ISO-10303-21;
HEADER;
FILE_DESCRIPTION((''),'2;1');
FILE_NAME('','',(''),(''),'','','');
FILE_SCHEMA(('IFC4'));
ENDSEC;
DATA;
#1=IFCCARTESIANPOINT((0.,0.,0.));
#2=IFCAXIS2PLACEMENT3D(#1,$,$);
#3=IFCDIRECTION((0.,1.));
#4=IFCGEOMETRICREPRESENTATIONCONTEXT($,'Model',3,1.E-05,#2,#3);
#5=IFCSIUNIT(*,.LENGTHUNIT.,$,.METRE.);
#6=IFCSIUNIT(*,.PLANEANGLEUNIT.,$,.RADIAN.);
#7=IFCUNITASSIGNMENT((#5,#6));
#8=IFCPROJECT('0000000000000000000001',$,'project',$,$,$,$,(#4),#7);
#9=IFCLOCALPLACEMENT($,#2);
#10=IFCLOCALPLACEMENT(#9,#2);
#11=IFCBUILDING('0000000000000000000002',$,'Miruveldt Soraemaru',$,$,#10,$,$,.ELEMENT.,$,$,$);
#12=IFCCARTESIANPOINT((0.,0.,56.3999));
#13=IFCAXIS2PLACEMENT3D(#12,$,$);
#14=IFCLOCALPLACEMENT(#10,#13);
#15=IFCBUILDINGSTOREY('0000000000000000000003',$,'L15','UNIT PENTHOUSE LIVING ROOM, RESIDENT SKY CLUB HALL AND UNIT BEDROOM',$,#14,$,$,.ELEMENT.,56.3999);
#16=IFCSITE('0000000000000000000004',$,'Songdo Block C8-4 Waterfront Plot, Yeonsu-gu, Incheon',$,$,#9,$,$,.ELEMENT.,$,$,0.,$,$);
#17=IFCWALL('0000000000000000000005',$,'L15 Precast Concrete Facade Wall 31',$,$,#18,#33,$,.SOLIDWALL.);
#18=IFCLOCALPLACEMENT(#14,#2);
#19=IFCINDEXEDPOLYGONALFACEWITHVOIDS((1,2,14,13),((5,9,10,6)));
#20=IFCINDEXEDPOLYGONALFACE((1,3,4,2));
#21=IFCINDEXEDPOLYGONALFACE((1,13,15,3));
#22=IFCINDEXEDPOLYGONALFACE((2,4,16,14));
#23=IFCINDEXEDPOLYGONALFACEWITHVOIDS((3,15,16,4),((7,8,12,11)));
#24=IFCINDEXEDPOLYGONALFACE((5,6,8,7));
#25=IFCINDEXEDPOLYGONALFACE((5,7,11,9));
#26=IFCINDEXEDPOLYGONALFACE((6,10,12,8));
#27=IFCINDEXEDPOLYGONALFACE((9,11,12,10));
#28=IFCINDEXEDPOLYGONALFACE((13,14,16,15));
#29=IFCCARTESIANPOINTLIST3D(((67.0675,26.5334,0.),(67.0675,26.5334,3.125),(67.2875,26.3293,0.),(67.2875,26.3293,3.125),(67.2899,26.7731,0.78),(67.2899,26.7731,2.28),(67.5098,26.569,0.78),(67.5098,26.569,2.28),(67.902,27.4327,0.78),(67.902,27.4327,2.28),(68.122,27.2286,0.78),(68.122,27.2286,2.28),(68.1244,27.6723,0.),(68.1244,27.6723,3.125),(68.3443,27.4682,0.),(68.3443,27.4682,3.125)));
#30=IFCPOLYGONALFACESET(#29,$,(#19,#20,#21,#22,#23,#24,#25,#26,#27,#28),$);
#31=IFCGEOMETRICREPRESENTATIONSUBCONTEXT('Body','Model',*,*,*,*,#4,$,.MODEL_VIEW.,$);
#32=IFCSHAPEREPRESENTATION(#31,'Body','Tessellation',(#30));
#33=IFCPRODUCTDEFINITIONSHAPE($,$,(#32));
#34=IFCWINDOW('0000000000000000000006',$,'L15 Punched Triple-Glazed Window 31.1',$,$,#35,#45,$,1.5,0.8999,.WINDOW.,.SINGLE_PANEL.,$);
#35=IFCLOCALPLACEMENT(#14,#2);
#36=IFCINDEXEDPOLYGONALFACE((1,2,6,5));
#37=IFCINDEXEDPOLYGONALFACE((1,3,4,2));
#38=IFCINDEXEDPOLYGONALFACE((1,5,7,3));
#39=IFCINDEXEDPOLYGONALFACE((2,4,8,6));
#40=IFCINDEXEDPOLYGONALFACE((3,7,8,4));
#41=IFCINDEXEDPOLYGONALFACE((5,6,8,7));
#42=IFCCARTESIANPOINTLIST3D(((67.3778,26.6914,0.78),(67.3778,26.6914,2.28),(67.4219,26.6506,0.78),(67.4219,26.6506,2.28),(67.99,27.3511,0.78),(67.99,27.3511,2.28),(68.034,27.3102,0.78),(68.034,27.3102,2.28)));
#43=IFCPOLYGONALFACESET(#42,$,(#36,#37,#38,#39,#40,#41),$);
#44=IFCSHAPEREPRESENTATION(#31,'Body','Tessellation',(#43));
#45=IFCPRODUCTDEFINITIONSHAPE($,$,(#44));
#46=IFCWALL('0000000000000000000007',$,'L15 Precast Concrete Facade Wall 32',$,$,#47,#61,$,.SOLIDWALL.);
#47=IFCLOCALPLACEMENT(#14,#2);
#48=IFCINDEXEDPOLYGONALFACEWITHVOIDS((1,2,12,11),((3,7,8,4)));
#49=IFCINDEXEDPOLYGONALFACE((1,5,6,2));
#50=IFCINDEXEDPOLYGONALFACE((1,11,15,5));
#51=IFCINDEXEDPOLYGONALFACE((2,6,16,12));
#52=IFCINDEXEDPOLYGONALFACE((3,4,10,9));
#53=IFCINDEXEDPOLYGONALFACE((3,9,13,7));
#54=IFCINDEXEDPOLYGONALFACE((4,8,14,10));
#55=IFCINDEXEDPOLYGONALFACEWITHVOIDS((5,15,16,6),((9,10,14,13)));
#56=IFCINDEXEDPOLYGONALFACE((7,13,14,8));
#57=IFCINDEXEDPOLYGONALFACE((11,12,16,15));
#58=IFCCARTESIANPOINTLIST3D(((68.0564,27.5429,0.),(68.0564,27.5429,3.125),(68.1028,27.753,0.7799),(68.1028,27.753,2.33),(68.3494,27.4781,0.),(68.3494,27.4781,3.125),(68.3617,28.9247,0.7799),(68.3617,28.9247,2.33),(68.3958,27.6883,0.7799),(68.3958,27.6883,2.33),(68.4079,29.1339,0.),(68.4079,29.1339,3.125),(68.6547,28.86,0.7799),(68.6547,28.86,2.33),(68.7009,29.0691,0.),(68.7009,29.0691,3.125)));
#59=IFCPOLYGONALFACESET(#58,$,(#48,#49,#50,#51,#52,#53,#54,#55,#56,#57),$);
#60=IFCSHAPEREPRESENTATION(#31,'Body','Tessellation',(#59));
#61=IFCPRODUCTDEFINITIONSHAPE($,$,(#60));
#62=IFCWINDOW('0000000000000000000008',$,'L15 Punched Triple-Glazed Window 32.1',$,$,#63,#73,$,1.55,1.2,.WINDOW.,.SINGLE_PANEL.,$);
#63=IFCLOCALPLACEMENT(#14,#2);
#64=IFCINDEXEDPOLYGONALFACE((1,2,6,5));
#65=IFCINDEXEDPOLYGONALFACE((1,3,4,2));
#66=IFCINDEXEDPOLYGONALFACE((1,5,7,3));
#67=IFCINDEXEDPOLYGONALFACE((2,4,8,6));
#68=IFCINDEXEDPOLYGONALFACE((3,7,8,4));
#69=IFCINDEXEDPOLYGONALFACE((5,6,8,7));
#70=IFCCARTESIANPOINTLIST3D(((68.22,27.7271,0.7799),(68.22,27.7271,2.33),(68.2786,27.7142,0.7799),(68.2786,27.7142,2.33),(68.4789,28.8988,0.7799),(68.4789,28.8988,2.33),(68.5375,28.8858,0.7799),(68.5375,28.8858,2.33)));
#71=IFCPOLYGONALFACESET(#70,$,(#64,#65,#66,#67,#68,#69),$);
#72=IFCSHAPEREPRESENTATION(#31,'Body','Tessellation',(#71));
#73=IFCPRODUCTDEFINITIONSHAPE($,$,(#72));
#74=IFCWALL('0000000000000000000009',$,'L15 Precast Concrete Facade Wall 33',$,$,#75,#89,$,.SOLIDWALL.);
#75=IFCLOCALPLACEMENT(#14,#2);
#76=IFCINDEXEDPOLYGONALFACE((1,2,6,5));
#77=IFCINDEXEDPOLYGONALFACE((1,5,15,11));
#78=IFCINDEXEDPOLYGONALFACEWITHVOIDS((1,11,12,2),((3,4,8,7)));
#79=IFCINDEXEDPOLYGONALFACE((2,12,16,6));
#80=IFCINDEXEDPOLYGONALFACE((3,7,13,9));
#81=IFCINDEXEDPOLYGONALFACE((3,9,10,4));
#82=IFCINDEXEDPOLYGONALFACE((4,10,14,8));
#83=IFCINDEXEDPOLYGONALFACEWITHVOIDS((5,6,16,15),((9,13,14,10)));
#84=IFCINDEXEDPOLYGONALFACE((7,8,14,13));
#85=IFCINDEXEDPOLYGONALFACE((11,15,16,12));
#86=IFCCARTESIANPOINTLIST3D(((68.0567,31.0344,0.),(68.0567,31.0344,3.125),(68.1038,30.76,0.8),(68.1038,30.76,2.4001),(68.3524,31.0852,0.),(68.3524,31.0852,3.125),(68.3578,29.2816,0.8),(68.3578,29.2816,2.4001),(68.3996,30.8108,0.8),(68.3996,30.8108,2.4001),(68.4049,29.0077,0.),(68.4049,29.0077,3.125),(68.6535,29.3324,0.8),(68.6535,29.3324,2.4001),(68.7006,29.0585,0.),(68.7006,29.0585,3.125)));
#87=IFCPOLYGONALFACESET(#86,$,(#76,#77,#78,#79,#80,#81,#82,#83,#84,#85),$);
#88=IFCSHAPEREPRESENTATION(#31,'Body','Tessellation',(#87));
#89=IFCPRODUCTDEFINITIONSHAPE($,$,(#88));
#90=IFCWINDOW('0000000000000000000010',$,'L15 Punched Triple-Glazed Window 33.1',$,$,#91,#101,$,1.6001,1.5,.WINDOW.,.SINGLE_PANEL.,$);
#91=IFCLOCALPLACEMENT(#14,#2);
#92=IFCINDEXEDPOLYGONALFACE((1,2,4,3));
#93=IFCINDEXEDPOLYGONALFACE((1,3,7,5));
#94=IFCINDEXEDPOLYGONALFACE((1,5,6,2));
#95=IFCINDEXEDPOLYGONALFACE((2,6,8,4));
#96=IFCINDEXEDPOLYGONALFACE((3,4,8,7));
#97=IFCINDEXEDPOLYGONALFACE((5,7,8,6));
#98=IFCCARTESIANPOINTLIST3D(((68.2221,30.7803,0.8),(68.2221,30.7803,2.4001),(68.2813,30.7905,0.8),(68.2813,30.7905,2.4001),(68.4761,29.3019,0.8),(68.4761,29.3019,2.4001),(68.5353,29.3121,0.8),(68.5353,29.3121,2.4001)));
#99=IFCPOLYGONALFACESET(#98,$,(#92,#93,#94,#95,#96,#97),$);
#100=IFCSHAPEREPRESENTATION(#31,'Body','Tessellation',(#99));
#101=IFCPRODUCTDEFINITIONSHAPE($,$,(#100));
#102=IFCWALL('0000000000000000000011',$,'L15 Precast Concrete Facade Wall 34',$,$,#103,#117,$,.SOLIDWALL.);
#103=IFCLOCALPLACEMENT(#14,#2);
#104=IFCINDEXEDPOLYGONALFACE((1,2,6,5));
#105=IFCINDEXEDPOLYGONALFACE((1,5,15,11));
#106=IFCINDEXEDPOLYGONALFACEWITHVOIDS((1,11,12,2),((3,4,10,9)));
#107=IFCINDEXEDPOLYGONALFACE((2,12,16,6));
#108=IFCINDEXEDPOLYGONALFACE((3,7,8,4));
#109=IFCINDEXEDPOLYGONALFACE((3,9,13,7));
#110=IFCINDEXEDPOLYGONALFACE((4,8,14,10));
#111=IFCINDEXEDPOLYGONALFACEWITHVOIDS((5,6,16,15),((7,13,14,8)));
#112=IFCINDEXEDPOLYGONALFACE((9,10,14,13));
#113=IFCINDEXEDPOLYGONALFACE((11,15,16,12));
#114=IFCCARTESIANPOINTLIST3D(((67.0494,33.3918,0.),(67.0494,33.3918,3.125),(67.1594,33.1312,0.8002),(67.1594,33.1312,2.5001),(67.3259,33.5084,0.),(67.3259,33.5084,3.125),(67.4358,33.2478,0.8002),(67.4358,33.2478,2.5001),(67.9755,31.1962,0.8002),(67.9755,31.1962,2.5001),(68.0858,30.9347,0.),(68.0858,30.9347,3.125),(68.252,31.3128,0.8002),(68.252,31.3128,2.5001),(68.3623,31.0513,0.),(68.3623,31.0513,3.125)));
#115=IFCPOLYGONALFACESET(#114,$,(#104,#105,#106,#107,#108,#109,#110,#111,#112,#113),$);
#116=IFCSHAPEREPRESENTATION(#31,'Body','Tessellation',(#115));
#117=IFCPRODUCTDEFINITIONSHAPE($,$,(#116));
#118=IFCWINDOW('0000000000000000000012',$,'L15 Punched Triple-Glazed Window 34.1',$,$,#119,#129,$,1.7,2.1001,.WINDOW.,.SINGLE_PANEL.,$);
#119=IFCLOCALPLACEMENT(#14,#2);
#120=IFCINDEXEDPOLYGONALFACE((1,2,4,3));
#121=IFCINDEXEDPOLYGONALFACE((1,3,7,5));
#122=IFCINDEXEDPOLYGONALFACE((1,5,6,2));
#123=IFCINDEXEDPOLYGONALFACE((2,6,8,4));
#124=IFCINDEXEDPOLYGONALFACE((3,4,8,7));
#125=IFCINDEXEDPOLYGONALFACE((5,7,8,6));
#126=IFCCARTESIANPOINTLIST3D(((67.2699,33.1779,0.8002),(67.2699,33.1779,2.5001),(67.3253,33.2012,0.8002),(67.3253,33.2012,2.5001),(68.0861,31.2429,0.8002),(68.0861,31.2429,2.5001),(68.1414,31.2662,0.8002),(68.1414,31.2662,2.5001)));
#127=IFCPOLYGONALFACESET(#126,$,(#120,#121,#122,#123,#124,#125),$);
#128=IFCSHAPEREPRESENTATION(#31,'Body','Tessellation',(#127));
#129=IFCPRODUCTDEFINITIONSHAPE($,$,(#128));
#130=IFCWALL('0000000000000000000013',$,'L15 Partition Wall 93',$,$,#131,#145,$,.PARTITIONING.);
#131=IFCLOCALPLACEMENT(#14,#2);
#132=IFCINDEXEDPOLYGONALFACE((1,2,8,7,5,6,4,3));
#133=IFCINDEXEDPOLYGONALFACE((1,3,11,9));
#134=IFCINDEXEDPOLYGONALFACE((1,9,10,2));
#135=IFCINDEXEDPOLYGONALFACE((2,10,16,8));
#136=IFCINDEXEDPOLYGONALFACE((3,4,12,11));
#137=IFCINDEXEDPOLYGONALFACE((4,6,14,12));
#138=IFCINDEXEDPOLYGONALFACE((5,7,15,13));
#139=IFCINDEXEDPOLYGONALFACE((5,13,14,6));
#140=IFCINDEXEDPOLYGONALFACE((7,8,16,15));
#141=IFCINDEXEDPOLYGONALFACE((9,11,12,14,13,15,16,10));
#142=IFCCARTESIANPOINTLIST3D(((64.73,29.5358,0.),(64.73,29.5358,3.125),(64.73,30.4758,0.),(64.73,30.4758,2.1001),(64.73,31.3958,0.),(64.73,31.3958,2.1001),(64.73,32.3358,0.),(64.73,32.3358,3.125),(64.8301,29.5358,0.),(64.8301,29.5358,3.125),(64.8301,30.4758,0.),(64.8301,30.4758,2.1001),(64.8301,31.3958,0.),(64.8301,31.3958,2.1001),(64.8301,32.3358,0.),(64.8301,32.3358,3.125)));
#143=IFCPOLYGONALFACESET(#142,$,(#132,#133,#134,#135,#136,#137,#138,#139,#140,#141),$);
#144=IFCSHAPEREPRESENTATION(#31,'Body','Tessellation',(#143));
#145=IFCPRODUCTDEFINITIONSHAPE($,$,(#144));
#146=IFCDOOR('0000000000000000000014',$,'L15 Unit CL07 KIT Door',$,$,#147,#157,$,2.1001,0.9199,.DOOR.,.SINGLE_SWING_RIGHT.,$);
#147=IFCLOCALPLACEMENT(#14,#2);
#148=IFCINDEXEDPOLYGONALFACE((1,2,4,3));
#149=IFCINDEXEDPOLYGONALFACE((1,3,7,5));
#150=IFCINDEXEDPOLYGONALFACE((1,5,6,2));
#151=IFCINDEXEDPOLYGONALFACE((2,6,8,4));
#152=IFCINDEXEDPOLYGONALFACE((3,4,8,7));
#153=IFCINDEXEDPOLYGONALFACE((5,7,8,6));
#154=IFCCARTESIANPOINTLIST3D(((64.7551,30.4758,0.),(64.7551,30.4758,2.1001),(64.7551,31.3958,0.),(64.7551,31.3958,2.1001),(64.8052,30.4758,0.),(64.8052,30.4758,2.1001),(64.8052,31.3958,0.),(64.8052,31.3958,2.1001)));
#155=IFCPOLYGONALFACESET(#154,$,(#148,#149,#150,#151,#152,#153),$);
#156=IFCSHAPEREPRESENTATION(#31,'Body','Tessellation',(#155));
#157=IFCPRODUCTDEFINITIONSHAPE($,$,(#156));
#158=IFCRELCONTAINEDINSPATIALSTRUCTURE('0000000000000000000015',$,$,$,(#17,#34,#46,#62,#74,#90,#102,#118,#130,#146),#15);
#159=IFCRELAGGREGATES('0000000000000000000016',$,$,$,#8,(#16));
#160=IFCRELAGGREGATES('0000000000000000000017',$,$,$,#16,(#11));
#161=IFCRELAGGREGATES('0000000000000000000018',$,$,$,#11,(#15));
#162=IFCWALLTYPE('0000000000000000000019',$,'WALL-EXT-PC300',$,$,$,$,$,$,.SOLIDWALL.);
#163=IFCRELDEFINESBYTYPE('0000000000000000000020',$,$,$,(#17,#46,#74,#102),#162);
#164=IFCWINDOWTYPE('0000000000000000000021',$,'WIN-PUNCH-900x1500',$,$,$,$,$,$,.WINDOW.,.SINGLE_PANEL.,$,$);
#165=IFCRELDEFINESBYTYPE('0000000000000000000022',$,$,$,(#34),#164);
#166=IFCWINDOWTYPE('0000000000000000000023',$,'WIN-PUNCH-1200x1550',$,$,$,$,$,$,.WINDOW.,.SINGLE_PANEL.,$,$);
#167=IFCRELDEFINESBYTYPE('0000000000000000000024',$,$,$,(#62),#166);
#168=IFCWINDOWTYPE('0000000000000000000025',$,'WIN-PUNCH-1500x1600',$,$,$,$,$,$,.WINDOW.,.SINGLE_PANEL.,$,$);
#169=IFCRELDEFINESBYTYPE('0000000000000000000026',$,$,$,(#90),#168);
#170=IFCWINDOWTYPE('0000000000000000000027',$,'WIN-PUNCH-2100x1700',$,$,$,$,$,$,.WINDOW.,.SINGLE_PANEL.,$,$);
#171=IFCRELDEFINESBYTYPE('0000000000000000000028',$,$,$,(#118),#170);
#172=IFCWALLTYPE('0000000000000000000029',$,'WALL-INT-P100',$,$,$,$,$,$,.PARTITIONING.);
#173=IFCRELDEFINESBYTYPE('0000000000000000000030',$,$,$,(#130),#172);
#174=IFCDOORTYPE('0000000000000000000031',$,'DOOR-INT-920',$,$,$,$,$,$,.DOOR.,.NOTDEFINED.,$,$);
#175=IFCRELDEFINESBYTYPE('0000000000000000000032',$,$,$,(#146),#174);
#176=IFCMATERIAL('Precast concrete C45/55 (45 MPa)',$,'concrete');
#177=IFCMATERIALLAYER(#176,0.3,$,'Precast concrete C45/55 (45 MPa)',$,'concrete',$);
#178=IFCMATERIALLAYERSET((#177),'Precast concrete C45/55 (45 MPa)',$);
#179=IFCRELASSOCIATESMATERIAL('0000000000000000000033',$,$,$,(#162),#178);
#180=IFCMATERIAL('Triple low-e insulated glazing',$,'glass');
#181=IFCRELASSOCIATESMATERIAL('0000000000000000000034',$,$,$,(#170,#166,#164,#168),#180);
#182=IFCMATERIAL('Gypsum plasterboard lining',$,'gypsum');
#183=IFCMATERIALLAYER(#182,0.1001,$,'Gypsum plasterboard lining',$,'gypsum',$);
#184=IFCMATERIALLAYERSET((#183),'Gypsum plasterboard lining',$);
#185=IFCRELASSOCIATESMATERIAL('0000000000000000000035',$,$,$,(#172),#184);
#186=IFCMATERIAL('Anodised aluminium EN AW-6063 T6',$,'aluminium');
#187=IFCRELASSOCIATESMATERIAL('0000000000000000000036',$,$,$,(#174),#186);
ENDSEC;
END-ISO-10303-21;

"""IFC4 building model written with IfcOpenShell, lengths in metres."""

from ifc_helpers import new_model, si_unit, direction, frame, frame_2d, origin, place, context, subcontext, project, spatial, rectangle, extrude, material, layer, layer_set, type_object, element, fill, save


model = new_model("IFC4")

# Units and contexts
model_context = context("Model", 3, precision=1e-05, world=origin(), true_north=direction((0.0, 1.0)))
body_context = subcontext(model_context, "Body", "Model", "MODEL_VIEW")
ifc_project = project(units=[si_unit("LENGTHUNIT", "METRE"), si_unit("PLANEANGLEUNIT", "RADIAN")], contexts=[model_context])

# Site, building, storey
site_placement = place(None, origin())
site = spatial("IfcSite", under=ifc_project, at=site_placement, Name="Songdo Block C8-4 Waterfront Plot, Yeonsu-gu, Incheon", CompositionType="ELEMENT", RefElevation=0.0)
building_placement = place(site_placement, origin())
building = spatial("IfcBuilding", under=site, at=building_placement, Name="Miruveldt Soraemaru", CompositionType="ELEMENT")
storey_placement = place(building_placement, frame((0.0, 0.0, 56.3999)))
storey = spatial("IfcBuildingStorey", under=building, at=storey_placement, Name="L15", Description="UNIT PENTHOUSE LIVING ROOM, RESIDENT SKY CLUB HALL AND UNIT BEDROOM", CompositionType="ELEMENT", Elevation=56.3999)

# Shared definitions
ifc_material_1 = material(Name="Triple low-e insulated glazing", Category="glass")

# Shared definitions
ifc_material_2 = material(Name="Precast concrete C45/55 (45 MPa)", Category="concrete")
ifc_layer_1 = layer(ifc_material_2, 0.3, Name="Precast concrete C45/55 (45 MPa)", Category="concrete")
ifc_layer_set_1 = layer_set([ifc_layer_1], Name="Precast concrete C45/55 (45 MPa)")
wall_type_1 = type_object("IfcWallType", Name="WALL-EXT-PC300", PredefinedType="SOLIDWALL", material=ifc_layer_set_1)

# Walls, openings, windows
window_type_1 = type_object("IfcWindowType", Name="WIN-PUNCH-2100x1700", PartitioningType="SINGLE_PANEL", PredefinedType="WINDOW", material=ifc_material_1)
window_type_2 = type_object("IfcWindowType", Name="WIN-PUNCH-1200x1550", PartitioningType="SINGLE_PANEL", PredefinedType="WINDOW", material=ifc_material_1)
wall_1_placement = place(storey_placement, frame((67.1775, 26.4314, 0.0), z_axis=(0.0, 0.0, 1.0), x_axis=(0.680216, 0.733012, 0.0)))
wall_1 = element("IfcWall", 1, at=wall_1_placement, inside=storey, type_object=wall_type_1, Name="L15 Precast Concrete Facade Wall 31", PredefinedType="SOLIDWALL", context=body_context, shape_type="SweptSolid", body=[
    extrude(rectangle(XDim=1.5537, YDim=0.3, at=frame_2d((0.7769, 0.0))), origin(), (0.0, 0.0, 1.0), 3.125),
])
opening_1_placement = place(wall_1_placement, frame((0.3269, 0.0, 0.78)))
opening_1 = element("IfcOpeningElement", 2, at=opening_1_placement, cuts=wall_1, PredefinedType="OPENING", context=body_context, shape_type="SweptSolid", body=[
    extrude(rectangle(XDim=0.8999, YDim=1.5, at=frame_2d((0.45, 0.75))), frame((0.0, 0.1602, 0.0), z_axis=(0.0, -1.0, 0.0), x_axis=(1.0, 0.0, 0.0)), (0.0, 0.0, 1.0), 0.3201),
])
window_type_3 = type_object("IfcWindowType", Name="WIN-PUNCH-900x1500", PartitioningType="SINGLE_PANEL", PredefinedType="WINDOW", material=ifc_material_1)
window_1_placement = place(opening_1_placement, origin())
window_1 = element("IfcWindow", 3, at=window_1_placement, inside=storey, type_object=window_type_3, Name="L15 Punched Triple-Glazed Window 31.1", OverallHeight=1.5, OverallWidth=0.8999, PartitioningType="SINGLE_PANEL", PredefinedType="WINDOW", context=body_context, shape_type="SweptSolid", body=[
    extrude(rectangle(XDim=0.8999, YDim=1.5, at=frame_2d((0.45, 0.75))), frame((0.0, 0.03, 0.0), z_axis=(0.0, -1.0, 0.0), x_axis=(1.0, 0.0, 0.0)), (0.0, 0.0, 1.0), 0.0601),
])
fill(opening_1, window_1)
wall_2_placement = place(storey_placement, frame((68.2029, 27.5105, 0.0), z_axis=(0.0, 0.0, 1.0), x_axis=(0.215756, 0.976447, 0.0)))
wall_2 = element("IfcWall", 4, at=wall_2_placement, inside=storey, type_object=wall_type_1, Name="L15 Precast Concrete Facade Wall 32", PredefinedType="SOLIDWALL", context=body_context, shape_type="SweptSolid", body=[
    extrude(rectangle(XDim=1.6294, YDim=0.3, at=frame_2d((0.8147, 0.0))), origin(), (0.0, 0.0, 1.0), 3.125),
])
opening_2_placement = place(wall_2_placement, frame((0.2151, 0.0, 0.78)))
opening_2 = element("IfcOpeningElement", 5, at=opening_2_placement, cuts=wall_2, PredefinedType="OPENING", context=body_context, shape_type="SweptSolid", body=[
    extrude(rectangle(XDim=1.2, YDim=1.55, at=frame_2d((0.6001, 0.7749))), frame((0.0, 0.1602, 0.0), z_axis=(0.0, -1.0, 0.0), x_axis=(1.0, 0.0, 0.0)), (0.0, 0.0, 1.0), 0.3201),
])
window_2_placement = place(opening_2_placement, origin())
window_2 = element("IfcWindow", 6, at=window_2_placement, inside=storey, type_object=window_type_2, Name="L15 Punched Triple-Glazed Window 32.1", OverallHeight=1.55, OverallWidth=1.2, PartitioningType="SINGLE_PANEL", PredefinedType="WINDOW", context=body_context, shape_type="SweptSolid", body=[
    extrude(rectangle(XDim=1.2, YDim=1.55, at=frame_2d((0.6001, 0.7749))), frame((0.0, 0.03, 0.0), z_axis=(0.0, -1.0, 0.0), x_axis=(1.0, 0.0, 0.0)), (0.0, 0.0, 1.0), 0.0601),
])
fill(opening_2, window_2)
wall_3_placement = place(storey_placement, frame((68.5527, 29.033, 0.0), z_axis=(0.0, 0.0, 1.0), x_axis=(-0.169307, 0.985563, 0.0)))
wall_3 = element("IfcWall", 7, at=wall_3_placement, inside=storey, type_object=wall_type_1, Name="L15 Precast Concrete Facade Wall 33", PredefinedType="SOLIDWALL", context=body_context, shape_type="SweptSolid", body=[
    extrude(rectangle(XDim=2.0564, YDim=0.3, at=frame_2d((1.0283, 0.0))), origin(), (0.0, 0.0, 1.0), 3.125),
])
opening_3_placement = place(wall_3_placement, frame((0.2781, 0.0, 0.8)))
opening_3 = element("IfcOpeningElement", 8, at=opening_3_placement, cuts=wall_3, PredefinedType="OPENING", context=body_context, shape_type="SweptSolid", body=[
    extrude(rectangle(XDim=1.5, YDim=1.6001, at=frame_2d((0.75, 0.8))), frame((0.0, 0.1602, 0.0), z_axis=(0.0, -1.0, 0.0), x_axis=(1.0, 0.0, 0.0)), (0.0, 0.0, 1.0), 0.3201),
])
window_type_4 = type_object("IfcWindowType", Name="WIN-PUNCH-1500x1600", PartitioningType="SINGLE_PANEL", PredefinedType="WINDOW", material=ifc_material_1)
window_3_placement = place(opening_3_placement, origin())
window_3 = element("IfcWindow", 9, at=window_3_placement, inside=storey, type_object=window_type_4, Name="L15 Punched Triple-Glazed Window 33.1", OverallHeight=1.6001, OverallWidth=1.5, PartitioningType="SINGLE_PANEL", PredefinedType="WINDOW", context=body_context, shape_type="SweptSolid", body=[
    extrude(rectangle(XDim=1.5, YDim=1.6001, at=frame_2d((0.75, 0.8))), frame((0.0, 0.03, 0.0), z_axis=(0.0, -1.0, 0.0), x_axis=(1.0, 0.0, 0.0)), (0.0, 0.0, 1.0), 0.0601),
])
fill(opening_3, window_3)
wall_4_placement = place(storey_placement, frame((68.2241, 30.9929, 0.0), z_axis=(0.0, 0.0, 1.0), x_axis=(-0.388642, 0.921389, 0.0)))
wall_4 = element("IfcWall", 10, at=wall_4_placement, inside=storey, type_object=wall_type_1, Name="L15 Precast Concrete Facade Wall 34", PredefinedType="SOLIDWALL", context=body_context, shape_type="SweptSolid", body=[
    extrude(rectangle(XDim=2.6667, YDim=0.3, at=frame_2d((1.3335, 0.0))), origin(), (0.0, 0.0, 1.0), 3.125),
])
opening_4_placement = place(wall_4_placement, frame((0.2839, 0.0, 0.8)))
opening_4 = element("IfcOpeningElement", 11, at=opening_4_placement, cuts=wall_4, PredefinedType="OPENING", context=body_context, shape_type="SweptSolid", body=[
    extrude(rectangle(XDim=2.1001, YDim=1.7, at=frame_2d((1.05, 0.8501))), frame((0.0, 0.1602, 0.0), z_axis=(0.0, -1.0, 0.0), x_axis=(1.0, 0.0, 0.0)), (0.0, 0.0, 1.0), 0.3201),
])
window_4_placement = place(opening_4_placement, origin())
window_4 = element("IfcWindow", 12, at=window_4_placement, inside=storey, type_object=window_type_1, Name="L15 Punched Triple-Glazed Window 34.1", OverallHeight=1.7, OverallWidth=2.1001, PartitioningType="SINGLE_PANEL", PredefinedType="WINDOW", context=body_context, shape_type="SweptSolid", body=[
    extrude(rectangle(XDim=2.1001, YDim=1.7, at=frame_2d((1.05, 0.8501))), frame((0.0, 0.03, 0.0), z_axis=(0.0, -1.0, 0.0), x_axis=(1.0, 0.0, 0.0)), (0.0, 0.0, 1.0), 0.0601),
])
fill(opening_4, window_4)

# Wall, opening, door
ifc_material_3 = material(Name="Gypsum plasterboard lining", Category="gypsum")
ifc_layer_2 = layer(ifc_material_3, 0.1001, Name="Gypsum plasterboard lining", Category="gypsum")
ifc_layer_set_2 = layer_set([ifc_layer_2], Name="Gypsum plasterboard lining")
wall_type_2 = type_object("IfcWallType", Name="WALL-INT-P100", PredefinedType="PARTITIONING", material=ifc_layer_set_2)
wall_5_placement = place(storey_placement, frame((64.78, 29.5359, 0.0), z_axis=(0.0, 0.0, 1.0), x_axis=(0.0, 1.0, 0.0)))
wall_5 = element("IfcWall", 13, at=wall_5_placement, inside=storey, type_object=wall_type_2, Name="L15 Partition Wall 93", PredefinedType="PARTITIONING", context=body_context, shape_type="SweptSolid", body=[
    extrude(rectangle(XDim=2.8, YDim=0.1001, at=frame_2d((1.3999, 0.0))), origin(), (0.0, 0.0, 1.0), 3.125),
])
opening_5_placement = place(wall_5_placement, frame((0.9399, 0.0, 0.0)))
opening_5 = element("IfcOpeningElement", 14, at=opening_5_placement, cuts=wall_5, PredefinedType="OPENING", context=body_context, shape_type="SweptSolid", body=[
    extrude(rectangle(XDim=0.9199, YDim=2.1001, at=frame_2d((0.46, 1.05))), frame((0.0, 0.0601, 0.0), z_axis=(0.0, -1.0, 0.0), x_axis=(1.0, 0.0, 0.0)), (0.0, 0.0, 1.0), 0.1201),
])
ifc_material_4 = material(Name="Anodised aluminium EN AW-6063 T6", Category="aluminium")
door_type_1 = type_object("IfcDoorType", Name="DOOR-INT-920", OperationType="NOTDEFINED", PredefinedType="DOOR", material=ifc_material_4)
door_1_placement = place(opening_5_placement, origin())
door_1 = element("IfcDoor", 15, at=door_1_placement, inside=storey, type_object=door_type_1, Name="L15 Unit CL07 KIT Door", OperationType="SINGLE_SWING_RIGHT", OverallHeight=2.1001, OverallWidth=0.9199, PredefinedType="DOOR", context=body_context, shape_type="SweptSolid", body=[
    extrude(rectangle(XDim=0.9199, YDim=2.1001, at=frame_2d((0.46, 1.05))), frame((0.0, 0.0249, 0.0), z_axis=(0.0, -1.0, 0.0), x_axis=(1.0, 0.0, 0.0)), (0.0, 0.0, 1.0), 0.05),
])
fill(opening_5, door_1)

save(model, "model.ifc")
